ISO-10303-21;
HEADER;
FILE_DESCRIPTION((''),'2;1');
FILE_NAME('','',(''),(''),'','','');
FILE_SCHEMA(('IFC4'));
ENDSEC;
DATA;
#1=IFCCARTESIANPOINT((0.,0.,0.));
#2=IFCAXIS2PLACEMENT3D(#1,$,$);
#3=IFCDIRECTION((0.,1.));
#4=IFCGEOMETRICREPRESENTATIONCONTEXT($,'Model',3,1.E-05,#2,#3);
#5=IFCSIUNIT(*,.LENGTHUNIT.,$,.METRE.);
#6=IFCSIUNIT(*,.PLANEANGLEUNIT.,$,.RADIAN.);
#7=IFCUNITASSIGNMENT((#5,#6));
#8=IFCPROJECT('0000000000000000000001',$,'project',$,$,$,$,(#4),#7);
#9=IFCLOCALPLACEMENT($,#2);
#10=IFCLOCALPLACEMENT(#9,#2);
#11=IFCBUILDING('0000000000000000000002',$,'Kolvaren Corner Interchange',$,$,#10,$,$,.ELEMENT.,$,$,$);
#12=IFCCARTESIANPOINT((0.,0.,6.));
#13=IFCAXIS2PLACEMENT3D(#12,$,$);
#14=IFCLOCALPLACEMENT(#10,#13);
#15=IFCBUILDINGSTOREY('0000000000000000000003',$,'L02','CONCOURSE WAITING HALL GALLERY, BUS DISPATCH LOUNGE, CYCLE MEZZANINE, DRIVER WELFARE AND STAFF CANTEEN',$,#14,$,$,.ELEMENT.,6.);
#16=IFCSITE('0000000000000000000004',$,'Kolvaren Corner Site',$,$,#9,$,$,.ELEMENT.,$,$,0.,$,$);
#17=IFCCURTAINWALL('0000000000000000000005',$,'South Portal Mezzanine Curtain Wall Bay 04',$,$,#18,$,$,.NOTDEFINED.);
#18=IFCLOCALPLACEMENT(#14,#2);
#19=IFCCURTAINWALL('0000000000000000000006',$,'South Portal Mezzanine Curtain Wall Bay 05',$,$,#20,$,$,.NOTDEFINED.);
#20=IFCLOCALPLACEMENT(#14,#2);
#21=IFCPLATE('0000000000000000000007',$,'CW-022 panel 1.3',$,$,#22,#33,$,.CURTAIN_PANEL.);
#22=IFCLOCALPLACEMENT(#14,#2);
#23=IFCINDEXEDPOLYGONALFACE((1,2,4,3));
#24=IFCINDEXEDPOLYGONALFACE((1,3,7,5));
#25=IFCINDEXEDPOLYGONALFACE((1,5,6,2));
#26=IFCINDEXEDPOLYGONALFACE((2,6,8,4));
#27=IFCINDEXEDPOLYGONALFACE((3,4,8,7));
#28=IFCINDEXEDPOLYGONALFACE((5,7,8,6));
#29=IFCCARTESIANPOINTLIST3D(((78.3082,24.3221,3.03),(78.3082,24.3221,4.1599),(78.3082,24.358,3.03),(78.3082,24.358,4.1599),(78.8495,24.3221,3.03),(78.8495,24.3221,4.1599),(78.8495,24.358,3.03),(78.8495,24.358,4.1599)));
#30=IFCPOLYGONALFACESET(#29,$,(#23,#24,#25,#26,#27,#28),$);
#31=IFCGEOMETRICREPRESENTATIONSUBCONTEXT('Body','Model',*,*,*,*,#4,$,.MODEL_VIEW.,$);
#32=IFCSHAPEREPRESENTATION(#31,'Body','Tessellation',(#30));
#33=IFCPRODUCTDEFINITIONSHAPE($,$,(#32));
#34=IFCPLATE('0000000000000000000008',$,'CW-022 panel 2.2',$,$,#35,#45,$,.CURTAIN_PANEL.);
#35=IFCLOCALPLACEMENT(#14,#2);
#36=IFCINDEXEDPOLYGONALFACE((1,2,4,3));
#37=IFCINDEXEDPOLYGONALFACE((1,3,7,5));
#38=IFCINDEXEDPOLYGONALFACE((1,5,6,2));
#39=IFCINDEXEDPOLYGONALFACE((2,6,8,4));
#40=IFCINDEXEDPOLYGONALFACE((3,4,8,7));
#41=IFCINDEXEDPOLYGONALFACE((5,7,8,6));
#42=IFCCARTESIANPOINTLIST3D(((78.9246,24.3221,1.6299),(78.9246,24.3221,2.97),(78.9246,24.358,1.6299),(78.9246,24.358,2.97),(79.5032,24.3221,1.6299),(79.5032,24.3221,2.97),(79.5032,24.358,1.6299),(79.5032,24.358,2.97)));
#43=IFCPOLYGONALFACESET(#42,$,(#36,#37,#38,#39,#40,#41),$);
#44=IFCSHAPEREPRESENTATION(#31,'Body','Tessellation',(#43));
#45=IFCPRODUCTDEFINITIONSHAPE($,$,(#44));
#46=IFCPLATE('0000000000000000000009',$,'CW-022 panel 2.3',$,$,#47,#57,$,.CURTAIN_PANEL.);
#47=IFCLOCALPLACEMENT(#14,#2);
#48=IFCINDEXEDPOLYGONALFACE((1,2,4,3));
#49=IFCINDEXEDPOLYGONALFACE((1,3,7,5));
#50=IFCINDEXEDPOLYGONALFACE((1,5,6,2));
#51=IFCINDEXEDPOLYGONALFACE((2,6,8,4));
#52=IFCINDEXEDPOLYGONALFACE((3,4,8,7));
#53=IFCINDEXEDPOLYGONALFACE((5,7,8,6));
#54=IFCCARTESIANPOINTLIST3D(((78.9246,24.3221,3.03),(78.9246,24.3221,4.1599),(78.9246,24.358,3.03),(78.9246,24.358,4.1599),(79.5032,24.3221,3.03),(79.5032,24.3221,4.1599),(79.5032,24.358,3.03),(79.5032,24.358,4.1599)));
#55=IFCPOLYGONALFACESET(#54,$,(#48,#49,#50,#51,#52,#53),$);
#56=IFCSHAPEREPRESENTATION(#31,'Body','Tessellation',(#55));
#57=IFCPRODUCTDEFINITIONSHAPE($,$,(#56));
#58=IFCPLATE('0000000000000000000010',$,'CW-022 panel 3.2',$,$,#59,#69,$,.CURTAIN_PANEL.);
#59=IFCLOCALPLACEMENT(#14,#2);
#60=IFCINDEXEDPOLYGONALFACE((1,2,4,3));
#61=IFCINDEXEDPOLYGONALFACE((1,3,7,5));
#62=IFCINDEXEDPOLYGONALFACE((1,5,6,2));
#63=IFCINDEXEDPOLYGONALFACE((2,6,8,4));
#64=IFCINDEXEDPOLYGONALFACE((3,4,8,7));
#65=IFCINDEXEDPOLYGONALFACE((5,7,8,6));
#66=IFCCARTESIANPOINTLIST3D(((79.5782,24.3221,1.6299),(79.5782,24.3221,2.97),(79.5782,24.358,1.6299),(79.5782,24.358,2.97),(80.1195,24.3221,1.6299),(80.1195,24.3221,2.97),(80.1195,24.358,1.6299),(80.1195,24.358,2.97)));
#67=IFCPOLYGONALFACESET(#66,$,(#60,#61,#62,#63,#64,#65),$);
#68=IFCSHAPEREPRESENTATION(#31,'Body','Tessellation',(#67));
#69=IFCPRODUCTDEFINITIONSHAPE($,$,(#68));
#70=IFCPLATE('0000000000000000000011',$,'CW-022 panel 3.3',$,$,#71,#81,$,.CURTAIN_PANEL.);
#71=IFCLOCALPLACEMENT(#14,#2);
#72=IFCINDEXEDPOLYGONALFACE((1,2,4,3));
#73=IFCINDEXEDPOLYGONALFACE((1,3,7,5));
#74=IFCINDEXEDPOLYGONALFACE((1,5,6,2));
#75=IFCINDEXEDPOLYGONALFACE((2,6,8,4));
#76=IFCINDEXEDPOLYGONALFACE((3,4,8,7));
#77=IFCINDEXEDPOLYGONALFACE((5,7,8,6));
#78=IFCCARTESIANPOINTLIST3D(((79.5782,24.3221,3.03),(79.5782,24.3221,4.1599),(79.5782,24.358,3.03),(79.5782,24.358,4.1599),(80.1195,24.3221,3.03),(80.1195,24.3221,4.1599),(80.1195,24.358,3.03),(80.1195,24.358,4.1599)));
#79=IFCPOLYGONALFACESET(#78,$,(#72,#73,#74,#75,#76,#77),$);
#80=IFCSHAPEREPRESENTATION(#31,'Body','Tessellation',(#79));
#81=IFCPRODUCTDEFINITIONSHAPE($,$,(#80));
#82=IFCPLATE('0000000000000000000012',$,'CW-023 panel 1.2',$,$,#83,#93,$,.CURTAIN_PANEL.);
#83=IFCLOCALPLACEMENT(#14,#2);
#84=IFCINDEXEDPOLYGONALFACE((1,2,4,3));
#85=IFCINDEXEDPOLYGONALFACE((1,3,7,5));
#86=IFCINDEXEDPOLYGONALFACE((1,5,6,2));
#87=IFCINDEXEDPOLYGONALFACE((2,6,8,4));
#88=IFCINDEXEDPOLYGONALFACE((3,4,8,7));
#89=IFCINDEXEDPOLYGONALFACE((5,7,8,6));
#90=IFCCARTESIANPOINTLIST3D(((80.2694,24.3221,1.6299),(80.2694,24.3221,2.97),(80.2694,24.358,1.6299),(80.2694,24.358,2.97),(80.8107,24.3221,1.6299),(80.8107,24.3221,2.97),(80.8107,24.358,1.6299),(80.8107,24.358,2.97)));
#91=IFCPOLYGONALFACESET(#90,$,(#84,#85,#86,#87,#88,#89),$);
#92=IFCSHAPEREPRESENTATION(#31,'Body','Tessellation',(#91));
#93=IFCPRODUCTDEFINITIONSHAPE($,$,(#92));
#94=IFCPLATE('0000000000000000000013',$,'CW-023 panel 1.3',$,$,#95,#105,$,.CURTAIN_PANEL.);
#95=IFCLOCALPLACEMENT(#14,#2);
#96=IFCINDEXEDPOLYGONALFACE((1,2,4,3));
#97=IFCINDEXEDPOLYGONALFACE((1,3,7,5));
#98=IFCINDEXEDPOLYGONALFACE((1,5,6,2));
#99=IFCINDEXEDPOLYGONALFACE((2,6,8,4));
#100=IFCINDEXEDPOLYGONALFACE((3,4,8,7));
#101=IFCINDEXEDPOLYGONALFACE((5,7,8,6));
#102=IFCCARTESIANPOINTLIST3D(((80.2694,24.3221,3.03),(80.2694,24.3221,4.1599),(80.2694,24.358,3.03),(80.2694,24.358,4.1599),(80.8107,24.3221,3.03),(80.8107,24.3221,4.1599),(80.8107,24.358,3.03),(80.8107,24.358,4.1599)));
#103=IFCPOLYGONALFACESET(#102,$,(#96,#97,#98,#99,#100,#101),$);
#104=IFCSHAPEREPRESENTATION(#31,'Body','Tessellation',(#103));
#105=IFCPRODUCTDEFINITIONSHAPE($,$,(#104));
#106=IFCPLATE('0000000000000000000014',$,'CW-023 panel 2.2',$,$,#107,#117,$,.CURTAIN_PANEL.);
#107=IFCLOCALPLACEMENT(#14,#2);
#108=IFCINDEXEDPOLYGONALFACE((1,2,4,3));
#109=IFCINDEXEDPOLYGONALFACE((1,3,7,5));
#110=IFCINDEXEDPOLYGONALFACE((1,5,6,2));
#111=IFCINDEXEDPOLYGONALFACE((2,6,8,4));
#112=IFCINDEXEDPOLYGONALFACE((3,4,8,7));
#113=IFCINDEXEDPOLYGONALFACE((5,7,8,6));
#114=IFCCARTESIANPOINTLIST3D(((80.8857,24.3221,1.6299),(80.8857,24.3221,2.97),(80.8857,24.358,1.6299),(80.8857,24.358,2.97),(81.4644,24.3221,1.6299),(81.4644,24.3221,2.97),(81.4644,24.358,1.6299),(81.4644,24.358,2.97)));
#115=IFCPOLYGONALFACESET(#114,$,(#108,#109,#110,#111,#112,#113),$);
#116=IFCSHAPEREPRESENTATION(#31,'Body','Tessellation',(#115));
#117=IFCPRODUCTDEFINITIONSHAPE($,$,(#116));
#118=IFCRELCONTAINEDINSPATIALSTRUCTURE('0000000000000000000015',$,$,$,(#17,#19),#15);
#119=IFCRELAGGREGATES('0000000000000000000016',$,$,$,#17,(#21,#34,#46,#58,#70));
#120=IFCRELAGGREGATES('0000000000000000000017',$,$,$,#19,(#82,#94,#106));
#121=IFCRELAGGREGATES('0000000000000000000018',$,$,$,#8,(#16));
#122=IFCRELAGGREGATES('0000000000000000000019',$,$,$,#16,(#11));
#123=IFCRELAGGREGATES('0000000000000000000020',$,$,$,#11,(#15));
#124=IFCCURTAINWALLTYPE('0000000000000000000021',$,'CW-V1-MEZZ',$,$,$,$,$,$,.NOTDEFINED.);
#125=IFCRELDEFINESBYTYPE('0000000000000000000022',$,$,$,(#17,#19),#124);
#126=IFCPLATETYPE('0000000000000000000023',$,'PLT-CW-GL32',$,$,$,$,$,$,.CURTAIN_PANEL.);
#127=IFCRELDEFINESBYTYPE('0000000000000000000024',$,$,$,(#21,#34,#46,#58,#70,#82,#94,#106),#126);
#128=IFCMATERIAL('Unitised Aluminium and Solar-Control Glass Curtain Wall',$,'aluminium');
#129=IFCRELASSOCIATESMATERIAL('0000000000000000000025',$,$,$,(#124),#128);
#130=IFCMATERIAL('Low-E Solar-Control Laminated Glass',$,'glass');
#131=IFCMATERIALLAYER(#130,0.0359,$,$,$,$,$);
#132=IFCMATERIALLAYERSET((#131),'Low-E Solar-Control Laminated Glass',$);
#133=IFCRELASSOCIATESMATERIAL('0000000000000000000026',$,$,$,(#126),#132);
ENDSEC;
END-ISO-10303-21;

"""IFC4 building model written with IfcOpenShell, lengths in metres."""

from ifc_helpers import new_model, si_unit, direction, frame, origin, origin_2d, place, context, subcontext, project, spatial, rectangle, extrude, material, layer, layer_set, type_object, element, aggregate, save


model = new_model("IFC4")

# Units and contexts
model_context = context("Model", 3, precision=1e-05, world=origin(), true_north=direction((0.0, 1.0)))
body_context = subcontext(model_context, "Body", "Model", "MODEL_VIEW")
ifc_project = project(units=[si_unit("LENGTHUNIT", "METRE"), si_unit("PLANEANGLEUNIT", "RADIAN")], contexts=[model_context])

# Site, building, storey
site_placement = place(None, origin())
site = spatial("IfcSite", under=ifc_project, at=site_placement, Name="Kolvaren Corner Site", CompositionType="ELEMENT", RefElevation=0.0)
building_placement = place(site_placement, origin())
building = spatial("IfcBuilding", under=site, at=building_placement, Name="Kolvaren Corner Interchange", CompositionType="ELEMENT")
storey_placement = place(building_placement, frame((0.0, 0.0, 6.0)))
storey = spatial("IfcBuildingStorey", under=building, at=storey_placement, Name="L02", Description="CONCOURSE WAITING HALL GALLERY, BUS DISPATCH LOUNGE, CYCLE MEZZANINE, DRIVER WELFARE AND STAFF CANTEEN", CompositionType="ELEMENT", Elevation=6.0)

# Curtain walls
ifc_material_1 = material(Name="Unitised Aluminium and Solar-Control Glass Curtain Wall", Category="aluminium")
curtain_wall_type = type_object("IfcCurtainWallType", Name="CW-V1-MEZZ", PredefinedType="NOTDEFINED", material=ifc_material_1)
curtain_wall_1_placement = place(storey_placement, origin())
curtain_wall_1 = element("IfcCurtainWall", 1, at=curtain_wall_1_placement, inside=storey, type_object=curtain_wall_type, Name="South Portal Mezzanine Curtain Wall Bay 04", PredefinedType="NOTDEFINED")
curtain_wall_2_placement = place(storey_placement, origin())
curtain_wall_2 = element("IfcCurtainWall", 2, at=curtain_wall_2_placement, inside=storey, type_object=curtain_wall_type, Name="South Portal Mezzanine Curtain Wall Bay 05", PredefinedType="NOTDEFINED")

# Plates
ifc_material_2 = material(Name="Low-E Solar-Control Laminated Glass", Category="glass")
ifc_layer = layer(ifc_material_2, 0.0359)
ifc_layer_set = layer_set([ifc_layer], Name="Low-E Solar-Control Laminated Glass")
plate_type = type_object("IfcPlateType", Name="PLT-CW-GL32", PredefinedType="CURTAIN_PANEL", material=ifc_layer_set)
plate_1_placement = place(storey_placement, frame((78.5789, 24.3401, 3.03), z_axis=(0.0, 0.0, 1.0), x_axis=(1.0, 0.0, 0.0)))
plate_1 = element("IfcPlate", 3, at=plate_1_placement, type_object=plate_type, Name="CW-022 panel 1.3", PredefinedType="CURTAIN_PANEL", context=body_context, shape_type="SweptSolid", body=[
    extrude(rectangle(XDim=0.5413, YDim=0.0359, at=origin_2d()), origin(), (0.0, 0.0, 1.0), 1.1299),
])
plate_2_placement = place(storey_placement, frame((79.2139, 24.3401, 1.6299), z_axis=(0.0, 0.0, 1.0), x_axis=(1.0, 0.0, 0.0)))
plate_2 = element("IfcPlate", 4, at=plate_2_placement, type_object=plate_type, Name="CW-022 panel 2.2", PredefinedType="CURTAIN_PANEL", context=body_context, shape_type="SweptSolid", body=[
    extrude(rectangle(XDim=0.5786, YDim=0.0359, at=origin_2d()), origin(), (0.0, 0.0, 1.0), 1.3401),
])
plate_3_placement = place(storey_placement, frame((79.2139, 24.3401, 3.03), z_axis=(0.0, 0.0, 1.0), x_axis=(1.0, 0.0, 0.0)))
plate_3 = element("IfcPlate", 5, at=plate_3_placement, type_object=plate_type, Name="CW-022 panel 2.3", PredefinedType="CURTAIN_PANEL", context=body_context, shape_type="SweptSolid", body=[
    extrude(rectangle(XDim=0.5786, YDim=0.0359, at=origin_2d()), origin(), (0.0, 0.0, 1.0), 1.1299),
])
plate_4_placement = place(storey_placement, frame((79.8489, 24.3401, 1.6299), z_axis=(0.0, 0.0, 1.0), x_axis=(1.0, 0.0, 0.0)))
plate_4 = element("IfcPlate", 6, at=plate_4_placement, type_object=plate_type, Name="CW-022 panel 3.2", PredefinedType="CURTAIN_PANEL", context=body_context, shape_type="SweptSolid", body=[
    extrude(rectangle(XDim=0.5413, YDim=0.0359, at=origin_2d()), origin(), (0.0, 0.0, 1.0), 1.3401),
])
plate_5_placement = place(storey_placement, frame((79.8489, 24.3401, 3.03), z_axis=(0.0, 0.0, 1.0), x_axis=(1.0, 0.0, 0.0)))
plate_5 = element("IfcPlate", 7, at=plate_5_placement, type_object=plate_type, Name="CW-022 panel 3.3", PredefinedType="CURTAIN_PANEL", context=body_context, shape_type="SweptSolid", body=[
    extrude(rectangle(XDim=0.5413, YDim=0.0359, at=origin_2d()), origin(), (0.0, 0.0, 1.0), 1.1299),
])
aggregate(curtain_wall_1, [plate_1, plate_2, plate_3, plate_4, plate_5])
plate_6_placement = place(storey_placement, frame((80.54, 24.3401, 1.6299), z_axis=(0.0, 0.0, 1.0), x_axis=(1.0, 0.0, 0.0)))
plate_6 = element("IfcPlate", 8, at=plate_6_placement, type_object=plate_type, Name="CW-023 panel 1.2", PredefinedType="CURTAIN_PANEL", context=body_context, shape_type="SweptSolid", body=[
    extrude(rectangle(XDim=0.5413, YDim=0.0359, at=origin_2d()), origin(), (0.0, 0.0, 1.0), 1.3401),
])
plate_7_placement = place(storey_placement, frame((80.54, 24.3401, 3.03), z_axis=(0.0, 0.0, 1.0), x_axis=(1.0, 0.0, 0.0)))
plate_7 = element("IfcPlate", 9, at=plate_7_placement, type_object=plate_type, Name="CW-023 panel 1.3", PredefinedType="CURTAIN_PANEL", context=body_context, shape_type="SweptSolid", body=[
    extrude(rectangle(XDim=0.5413, YDim=0.0359, at=origin_2d()), origin(), (0.0, 0.0, 1.0), 1.1299),
])
plate_8_placement = place(storey_placement, frame((81.175, 24.3401, 1.6299), z_axis=(0.0, 0.0, 1.0), x_axis=(1.0, 0.0, 0.0)))
plate_8 = element("IfcPlate", 10, at=plate_8_placement, type_object=plate_type, Name="CW-023 panel 2.2", PredefinedType="CURTAIN_PANEL", context=body_context, shape_type="SweptSolid", body=[
    extrude(rectangle(XDim=0.5786, YDim=0.0359, at=origin_2d()), origin(), (0.0, 0.0, 1.0), 1.3401),
])
aggregate(curtain_wall_2, [plate_6, plate_7, plate_8])

save(model, "model.ifc")
